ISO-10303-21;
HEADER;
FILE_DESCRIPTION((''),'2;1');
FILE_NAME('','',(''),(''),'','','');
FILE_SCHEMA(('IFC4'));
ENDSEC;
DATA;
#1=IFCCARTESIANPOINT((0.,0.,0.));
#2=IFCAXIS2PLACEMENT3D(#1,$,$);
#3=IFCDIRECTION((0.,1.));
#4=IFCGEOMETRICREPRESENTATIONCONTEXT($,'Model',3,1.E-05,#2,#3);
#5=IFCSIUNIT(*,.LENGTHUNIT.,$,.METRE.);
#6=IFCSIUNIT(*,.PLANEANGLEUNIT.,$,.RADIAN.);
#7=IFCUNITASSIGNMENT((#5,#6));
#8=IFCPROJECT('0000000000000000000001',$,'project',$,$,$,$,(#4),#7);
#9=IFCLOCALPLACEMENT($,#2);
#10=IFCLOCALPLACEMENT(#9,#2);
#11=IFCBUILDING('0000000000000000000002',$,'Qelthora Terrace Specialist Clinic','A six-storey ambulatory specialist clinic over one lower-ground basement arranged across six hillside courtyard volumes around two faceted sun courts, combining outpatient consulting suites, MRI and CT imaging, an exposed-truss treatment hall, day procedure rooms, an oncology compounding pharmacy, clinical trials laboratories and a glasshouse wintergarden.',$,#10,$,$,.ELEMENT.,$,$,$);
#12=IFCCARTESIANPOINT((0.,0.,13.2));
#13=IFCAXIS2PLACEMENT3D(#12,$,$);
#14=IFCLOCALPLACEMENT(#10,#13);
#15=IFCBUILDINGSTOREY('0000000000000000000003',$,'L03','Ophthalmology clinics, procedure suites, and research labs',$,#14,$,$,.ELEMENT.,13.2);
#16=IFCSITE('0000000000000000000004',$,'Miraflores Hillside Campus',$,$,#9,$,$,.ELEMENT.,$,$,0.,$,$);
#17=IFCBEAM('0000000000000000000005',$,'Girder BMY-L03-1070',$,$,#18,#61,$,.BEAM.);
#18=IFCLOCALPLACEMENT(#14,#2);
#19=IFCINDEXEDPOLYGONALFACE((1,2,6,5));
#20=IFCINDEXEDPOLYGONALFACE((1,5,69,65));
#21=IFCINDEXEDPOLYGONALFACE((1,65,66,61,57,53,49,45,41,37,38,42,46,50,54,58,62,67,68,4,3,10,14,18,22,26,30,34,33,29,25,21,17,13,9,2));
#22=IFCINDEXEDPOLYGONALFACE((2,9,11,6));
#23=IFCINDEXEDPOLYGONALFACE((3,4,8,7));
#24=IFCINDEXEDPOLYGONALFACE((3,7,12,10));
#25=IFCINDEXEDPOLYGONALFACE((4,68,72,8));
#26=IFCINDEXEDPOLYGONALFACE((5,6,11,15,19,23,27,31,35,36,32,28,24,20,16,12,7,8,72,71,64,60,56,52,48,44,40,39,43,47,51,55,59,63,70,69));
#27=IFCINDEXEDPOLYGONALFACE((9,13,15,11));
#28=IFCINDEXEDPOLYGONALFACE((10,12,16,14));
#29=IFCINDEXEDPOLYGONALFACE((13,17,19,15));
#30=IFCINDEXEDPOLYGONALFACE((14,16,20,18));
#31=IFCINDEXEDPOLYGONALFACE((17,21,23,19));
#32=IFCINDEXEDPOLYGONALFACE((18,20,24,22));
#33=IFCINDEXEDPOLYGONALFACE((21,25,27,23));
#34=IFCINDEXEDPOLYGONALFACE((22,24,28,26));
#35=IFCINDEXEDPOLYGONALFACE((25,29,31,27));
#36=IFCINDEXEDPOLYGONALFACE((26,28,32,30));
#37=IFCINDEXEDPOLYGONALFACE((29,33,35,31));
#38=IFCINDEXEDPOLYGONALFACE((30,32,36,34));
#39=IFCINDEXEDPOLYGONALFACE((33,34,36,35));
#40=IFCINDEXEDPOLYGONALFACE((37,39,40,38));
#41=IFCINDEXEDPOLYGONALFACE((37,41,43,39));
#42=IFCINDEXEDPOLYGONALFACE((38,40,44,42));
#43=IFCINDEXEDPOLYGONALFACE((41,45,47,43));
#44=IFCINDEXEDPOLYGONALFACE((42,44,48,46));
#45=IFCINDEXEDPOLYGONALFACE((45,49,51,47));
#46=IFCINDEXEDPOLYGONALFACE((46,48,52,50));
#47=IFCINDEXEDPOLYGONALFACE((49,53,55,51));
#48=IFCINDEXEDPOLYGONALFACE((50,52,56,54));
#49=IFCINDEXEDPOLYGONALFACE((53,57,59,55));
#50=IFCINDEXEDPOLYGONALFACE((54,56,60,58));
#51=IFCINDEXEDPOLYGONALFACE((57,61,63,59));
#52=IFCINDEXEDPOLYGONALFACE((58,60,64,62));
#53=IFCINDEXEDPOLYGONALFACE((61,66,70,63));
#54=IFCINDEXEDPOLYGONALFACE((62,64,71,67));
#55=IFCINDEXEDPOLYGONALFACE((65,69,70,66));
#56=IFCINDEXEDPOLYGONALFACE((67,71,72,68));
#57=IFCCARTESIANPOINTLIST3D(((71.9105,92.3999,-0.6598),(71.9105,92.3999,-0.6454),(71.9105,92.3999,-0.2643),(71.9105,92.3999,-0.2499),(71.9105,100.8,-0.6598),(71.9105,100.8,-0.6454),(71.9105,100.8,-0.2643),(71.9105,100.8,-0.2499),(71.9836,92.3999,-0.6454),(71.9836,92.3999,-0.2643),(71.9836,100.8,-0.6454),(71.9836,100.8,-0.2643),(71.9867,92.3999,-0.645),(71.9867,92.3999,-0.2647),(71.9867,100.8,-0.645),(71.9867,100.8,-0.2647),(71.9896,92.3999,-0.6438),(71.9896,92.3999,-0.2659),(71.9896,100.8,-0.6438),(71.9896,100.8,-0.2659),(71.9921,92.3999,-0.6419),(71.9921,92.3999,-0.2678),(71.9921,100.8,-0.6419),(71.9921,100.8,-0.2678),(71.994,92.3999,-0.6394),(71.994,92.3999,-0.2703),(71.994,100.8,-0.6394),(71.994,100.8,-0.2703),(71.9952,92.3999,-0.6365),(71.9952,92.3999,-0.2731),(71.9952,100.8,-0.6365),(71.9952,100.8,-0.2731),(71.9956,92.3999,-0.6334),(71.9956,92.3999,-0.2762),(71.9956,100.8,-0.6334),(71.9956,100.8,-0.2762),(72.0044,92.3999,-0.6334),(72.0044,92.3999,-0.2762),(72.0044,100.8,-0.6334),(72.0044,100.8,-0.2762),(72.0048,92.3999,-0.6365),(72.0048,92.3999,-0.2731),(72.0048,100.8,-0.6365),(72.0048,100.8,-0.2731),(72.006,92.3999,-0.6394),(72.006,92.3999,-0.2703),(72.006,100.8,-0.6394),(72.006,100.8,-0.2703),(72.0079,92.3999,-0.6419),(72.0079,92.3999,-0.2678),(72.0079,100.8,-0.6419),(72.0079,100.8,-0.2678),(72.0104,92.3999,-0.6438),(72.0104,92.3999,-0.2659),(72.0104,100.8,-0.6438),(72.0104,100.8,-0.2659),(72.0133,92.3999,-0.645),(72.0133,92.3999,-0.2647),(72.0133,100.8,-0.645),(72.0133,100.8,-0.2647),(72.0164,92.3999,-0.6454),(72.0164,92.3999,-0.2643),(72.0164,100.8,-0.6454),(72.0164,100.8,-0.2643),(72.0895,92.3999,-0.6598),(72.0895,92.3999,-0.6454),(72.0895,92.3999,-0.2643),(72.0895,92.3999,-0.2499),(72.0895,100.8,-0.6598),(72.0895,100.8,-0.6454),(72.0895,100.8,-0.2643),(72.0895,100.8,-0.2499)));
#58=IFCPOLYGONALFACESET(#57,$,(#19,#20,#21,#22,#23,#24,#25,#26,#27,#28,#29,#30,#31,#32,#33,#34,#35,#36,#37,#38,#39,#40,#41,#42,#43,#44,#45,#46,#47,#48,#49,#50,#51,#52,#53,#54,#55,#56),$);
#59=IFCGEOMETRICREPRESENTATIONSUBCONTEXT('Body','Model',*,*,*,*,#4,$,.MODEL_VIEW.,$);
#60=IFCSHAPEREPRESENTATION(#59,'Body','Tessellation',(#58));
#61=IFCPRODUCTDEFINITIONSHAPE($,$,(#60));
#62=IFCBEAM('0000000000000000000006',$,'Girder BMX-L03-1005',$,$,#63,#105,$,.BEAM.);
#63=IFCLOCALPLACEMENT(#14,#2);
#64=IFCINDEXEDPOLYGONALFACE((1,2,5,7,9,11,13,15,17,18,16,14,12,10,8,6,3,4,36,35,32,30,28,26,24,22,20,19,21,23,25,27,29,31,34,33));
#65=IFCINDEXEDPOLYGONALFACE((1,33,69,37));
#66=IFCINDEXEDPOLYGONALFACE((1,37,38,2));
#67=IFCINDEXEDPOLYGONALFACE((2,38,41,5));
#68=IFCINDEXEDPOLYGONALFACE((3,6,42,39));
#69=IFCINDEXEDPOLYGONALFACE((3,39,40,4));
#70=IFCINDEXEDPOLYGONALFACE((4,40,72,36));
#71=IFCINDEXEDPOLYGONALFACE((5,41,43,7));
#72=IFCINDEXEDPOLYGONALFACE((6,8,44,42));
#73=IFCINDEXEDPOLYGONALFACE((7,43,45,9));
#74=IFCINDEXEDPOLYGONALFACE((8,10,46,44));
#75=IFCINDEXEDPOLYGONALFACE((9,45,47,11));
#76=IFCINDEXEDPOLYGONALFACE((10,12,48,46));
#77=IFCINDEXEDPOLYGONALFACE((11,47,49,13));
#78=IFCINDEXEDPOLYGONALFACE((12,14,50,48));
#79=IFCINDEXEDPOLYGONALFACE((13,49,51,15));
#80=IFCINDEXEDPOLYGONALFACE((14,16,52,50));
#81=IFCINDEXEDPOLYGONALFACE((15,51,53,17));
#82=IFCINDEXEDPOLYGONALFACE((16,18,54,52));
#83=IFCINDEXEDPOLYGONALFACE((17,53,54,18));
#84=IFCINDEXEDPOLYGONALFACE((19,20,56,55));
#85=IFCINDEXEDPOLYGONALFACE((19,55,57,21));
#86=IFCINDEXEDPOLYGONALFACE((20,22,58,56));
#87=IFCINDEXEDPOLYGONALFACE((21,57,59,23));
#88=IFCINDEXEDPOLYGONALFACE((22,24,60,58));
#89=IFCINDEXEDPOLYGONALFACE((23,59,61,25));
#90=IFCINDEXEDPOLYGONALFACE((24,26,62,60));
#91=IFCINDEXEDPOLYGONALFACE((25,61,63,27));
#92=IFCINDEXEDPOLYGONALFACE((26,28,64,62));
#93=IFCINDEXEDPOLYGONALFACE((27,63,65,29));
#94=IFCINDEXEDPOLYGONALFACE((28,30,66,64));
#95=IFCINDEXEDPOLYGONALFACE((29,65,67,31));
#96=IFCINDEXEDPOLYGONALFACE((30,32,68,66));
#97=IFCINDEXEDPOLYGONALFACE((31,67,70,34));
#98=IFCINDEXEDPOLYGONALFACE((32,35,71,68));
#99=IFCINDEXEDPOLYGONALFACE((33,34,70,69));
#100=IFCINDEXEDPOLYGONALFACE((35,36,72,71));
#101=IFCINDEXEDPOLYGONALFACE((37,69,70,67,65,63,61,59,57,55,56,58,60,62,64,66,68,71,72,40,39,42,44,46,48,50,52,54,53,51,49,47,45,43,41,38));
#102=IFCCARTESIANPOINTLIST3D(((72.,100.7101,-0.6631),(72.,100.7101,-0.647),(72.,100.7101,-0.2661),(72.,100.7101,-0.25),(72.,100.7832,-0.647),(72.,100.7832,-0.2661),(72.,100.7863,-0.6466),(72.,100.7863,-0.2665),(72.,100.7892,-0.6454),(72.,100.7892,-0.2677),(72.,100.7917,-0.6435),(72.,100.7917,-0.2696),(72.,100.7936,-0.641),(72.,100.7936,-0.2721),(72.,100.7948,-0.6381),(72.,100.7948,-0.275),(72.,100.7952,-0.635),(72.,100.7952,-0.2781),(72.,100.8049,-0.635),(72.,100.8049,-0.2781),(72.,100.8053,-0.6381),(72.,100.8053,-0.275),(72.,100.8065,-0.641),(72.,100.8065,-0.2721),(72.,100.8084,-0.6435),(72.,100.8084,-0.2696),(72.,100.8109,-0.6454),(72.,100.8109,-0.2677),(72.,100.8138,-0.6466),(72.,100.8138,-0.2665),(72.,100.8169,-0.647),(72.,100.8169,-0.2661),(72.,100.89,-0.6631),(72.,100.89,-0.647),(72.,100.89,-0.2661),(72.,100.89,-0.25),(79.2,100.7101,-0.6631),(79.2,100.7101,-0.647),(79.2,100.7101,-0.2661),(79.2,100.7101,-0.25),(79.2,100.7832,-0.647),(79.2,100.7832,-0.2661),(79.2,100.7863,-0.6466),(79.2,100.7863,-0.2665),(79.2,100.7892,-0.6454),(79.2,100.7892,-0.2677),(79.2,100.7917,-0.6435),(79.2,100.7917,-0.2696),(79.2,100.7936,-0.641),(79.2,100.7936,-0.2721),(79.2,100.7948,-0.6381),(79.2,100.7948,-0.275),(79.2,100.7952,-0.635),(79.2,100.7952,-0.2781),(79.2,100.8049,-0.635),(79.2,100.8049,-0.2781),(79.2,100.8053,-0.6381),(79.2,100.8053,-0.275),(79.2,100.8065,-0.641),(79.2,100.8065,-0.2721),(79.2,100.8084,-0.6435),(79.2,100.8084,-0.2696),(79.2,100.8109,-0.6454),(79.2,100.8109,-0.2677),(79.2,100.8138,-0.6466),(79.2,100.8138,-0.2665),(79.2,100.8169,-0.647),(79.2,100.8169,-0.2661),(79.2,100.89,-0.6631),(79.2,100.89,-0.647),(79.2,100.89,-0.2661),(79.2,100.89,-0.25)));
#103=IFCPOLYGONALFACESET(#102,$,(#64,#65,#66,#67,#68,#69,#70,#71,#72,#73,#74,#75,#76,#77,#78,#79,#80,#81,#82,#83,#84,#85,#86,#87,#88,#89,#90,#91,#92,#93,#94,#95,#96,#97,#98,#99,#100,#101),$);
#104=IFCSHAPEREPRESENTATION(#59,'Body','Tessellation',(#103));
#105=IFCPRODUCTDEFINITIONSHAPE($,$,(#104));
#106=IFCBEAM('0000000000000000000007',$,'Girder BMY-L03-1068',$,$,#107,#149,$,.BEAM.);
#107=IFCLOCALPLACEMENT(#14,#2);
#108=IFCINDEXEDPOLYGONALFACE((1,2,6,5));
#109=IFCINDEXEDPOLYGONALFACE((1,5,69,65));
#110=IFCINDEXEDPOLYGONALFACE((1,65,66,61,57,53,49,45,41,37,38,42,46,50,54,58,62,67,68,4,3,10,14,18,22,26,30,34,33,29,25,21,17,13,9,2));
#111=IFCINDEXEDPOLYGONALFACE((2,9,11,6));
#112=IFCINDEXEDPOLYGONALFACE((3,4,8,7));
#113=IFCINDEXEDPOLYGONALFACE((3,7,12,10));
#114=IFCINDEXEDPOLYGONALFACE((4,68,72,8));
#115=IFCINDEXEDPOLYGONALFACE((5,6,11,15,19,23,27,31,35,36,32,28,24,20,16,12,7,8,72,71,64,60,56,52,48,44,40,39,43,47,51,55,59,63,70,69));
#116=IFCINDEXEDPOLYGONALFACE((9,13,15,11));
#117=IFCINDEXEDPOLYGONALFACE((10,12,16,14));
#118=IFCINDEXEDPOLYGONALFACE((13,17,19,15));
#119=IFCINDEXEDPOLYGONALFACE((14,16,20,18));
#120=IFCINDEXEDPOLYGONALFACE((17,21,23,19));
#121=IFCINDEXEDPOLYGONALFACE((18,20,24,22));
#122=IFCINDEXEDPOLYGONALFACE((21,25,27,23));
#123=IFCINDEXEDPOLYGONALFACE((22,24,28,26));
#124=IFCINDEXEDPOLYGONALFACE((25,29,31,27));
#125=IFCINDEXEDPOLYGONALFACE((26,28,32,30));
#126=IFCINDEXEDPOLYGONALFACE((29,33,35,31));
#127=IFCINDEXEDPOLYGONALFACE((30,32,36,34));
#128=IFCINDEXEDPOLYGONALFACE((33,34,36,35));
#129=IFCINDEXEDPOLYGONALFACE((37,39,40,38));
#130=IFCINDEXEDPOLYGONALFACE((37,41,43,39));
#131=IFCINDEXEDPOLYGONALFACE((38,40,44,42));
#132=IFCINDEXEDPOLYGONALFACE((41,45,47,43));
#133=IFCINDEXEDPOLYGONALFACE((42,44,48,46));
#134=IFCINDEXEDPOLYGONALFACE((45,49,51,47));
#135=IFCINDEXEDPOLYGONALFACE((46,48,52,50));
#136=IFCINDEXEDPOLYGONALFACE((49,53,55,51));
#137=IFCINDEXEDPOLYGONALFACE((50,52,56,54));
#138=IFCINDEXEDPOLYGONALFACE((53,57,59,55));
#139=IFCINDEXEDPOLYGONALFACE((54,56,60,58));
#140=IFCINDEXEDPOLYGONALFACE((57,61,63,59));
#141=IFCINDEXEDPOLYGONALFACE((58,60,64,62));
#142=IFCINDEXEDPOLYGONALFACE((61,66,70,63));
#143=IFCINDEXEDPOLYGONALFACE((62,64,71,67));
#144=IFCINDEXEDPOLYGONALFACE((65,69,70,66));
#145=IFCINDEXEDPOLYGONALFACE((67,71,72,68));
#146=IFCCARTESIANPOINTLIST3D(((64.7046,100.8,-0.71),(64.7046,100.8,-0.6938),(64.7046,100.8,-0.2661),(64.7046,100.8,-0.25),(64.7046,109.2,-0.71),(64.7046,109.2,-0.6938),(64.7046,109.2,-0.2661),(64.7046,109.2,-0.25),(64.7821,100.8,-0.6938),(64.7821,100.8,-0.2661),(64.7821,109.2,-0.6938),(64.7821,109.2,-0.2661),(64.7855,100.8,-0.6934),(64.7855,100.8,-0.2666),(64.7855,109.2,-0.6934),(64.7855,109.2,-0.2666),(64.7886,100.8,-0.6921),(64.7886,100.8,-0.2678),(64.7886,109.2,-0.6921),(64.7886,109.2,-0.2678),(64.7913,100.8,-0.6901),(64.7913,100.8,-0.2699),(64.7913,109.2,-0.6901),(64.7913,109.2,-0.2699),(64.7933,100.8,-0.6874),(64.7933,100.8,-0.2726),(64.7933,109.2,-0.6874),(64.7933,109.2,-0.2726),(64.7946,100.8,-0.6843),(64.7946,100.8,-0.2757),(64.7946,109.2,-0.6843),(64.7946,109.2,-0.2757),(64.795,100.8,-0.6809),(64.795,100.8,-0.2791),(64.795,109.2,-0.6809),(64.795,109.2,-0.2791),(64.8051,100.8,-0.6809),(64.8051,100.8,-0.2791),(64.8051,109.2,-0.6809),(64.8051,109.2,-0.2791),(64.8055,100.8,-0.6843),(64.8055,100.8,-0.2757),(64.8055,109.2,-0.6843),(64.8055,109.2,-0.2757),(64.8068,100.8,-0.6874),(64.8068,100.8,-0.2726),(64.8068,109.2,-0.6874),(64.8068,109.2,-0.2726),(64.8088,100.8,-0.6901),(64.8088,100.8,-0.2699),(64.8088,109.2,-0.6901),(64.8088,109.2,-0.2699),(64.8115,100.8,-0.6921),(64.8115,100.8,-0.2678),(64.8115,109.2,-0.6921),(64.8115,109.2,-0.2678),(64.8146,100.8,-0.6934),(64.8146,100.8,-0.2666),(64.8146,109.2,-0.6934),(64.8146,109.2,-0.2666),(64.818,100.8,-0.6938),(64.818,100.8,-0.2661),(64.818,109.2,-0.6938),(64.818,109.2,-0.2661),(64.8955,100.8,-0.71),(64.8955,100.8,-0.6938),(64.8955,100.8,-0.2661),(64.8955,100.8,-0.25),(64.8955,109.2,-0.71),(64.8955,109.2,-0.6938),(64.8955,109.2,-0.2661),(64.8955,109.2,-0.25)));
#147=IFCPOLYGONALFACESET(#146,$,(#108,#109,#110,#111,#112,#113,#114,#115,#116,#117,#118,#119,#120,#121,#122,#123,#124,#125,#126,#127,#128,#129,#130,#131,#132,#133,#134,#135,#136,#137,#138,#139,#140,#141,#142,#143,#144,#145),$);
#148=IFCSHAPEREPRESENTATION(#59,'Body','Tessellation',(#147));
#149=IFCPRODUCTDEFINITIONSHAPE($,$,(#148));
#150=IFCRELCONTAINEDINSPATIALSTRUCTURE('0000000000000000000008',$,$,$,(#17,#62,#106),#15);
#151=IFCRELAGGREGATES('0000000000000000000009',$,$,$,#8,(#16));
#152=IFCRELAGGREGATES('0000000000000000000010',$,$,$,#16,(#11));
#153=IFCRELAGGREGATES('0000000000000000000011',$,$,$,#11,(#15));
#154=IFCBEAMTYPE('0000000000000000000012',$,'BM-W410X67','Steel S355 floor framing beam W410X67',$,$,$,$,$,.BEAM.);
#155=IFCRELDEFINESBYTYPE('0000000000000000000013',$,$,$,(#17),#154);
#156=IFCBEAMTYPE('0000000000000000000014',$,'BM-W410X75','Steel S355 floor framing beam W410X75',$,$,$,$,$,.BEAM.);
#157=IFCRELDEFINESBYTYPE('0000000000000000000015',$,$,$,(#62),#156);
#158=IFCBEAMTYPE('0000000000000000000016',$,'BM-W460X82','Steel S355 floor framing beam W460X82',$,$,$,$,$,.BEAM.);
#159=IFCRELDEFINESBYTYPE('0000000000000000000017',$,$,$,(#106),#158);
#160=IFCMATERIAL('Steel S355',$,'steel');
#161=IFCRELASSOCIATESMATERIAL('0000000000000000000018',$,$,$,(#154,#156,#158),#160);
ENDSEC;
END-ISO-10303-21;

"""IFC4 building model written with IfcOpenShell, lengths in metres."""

from ifc_helpers import new_model, si_unit, direction, frame, origin, origin_2d, place, context, subcontext, project, spatial, i_section, extrude, material, material_profile, profile_set, type_object, element, save


model = new_model("IFC4")

# Units and contexts
model_context = context("Model", 3, precision=1e-05, world=origin(), true_north=direction((0.0, 1.0)))
body_context = subcontext(model_context, "Body", "Model", "MODEL_VIEW")
ifc_project = project(units=[si_unit("LENGTHUNIT", "METRE"), si_unit("PLANEANGLEUNIT", "RADIAN")], contexts=[model_context])

# Site, building, storey
site_placement = place(None, origin())
site = spatial("IfcSite", under=ifc_project, at=site_placement, Name="Miraflores Hillside Campus", CompositionType="ELEMENT", RefElevation=0.0)
building_placement = place(site_placement, origin())
building = spatial("IfcBuilding", under=site, at=building_placement, Name="Qelthora Terrace Specialist Clinic", Description="A six-storey ambulatory specialist clinic over one lower-ground basement arranged across six hillside courtyard volumes around two faceted sun courts, combining outpatient consulting suites, MRI and CT imaging, an exposed-truss treatment hall, day procedure rooms, an oncology compounding pharmacy, clinical trials laboratories and a glasshouse wintergarden.", CompositionType="ELEMENT")
storey_placement = place(building_placement, frame((0.0, 0.0, 13.2)))
storey = spatial("IfcBuildingStorey", under=building, at=storey_placement, Name="L03", Description="Ophthalmology clinics, procedure suites, and research labs", CompositionType="ELEMENT", Elevation=13.2)

# Shared definitions
ifc_material_1 = material(Name="Steel S355", Category="steel")

# Beams
ifc_material_profile_1 = material_profile(ifc_material_1, i_section(OverallWidth=0.179, OverallDepth=0.4099, WebThickness=0.0088, FlangeThickness=0.0144, FilletRadius=0.012, at=origin_2d()), Name="W410X67")
ifc_profile_set_1 = profile_set([ifc_material_profile_1], Name="Steel S355")
beam_type_1 = type_object("IfcBeamType", Name="BM-W410X67", Description="Steel S355 floor framing beam W410X67", PredefinedType="BEAM", material=ifc_profile_set_1)
beam_1_placement = place(storey_placement, frame((72.0, 92.3999, -0.4548), z_axis=(0.0, 1.0, 0.0), x_axis=(-1.0, 0.0, 0.0)))
element("IfcBeam", 1, at=beam_1_placement, inside=storey, type_object=beam_type_1, Name="Girder BMY-L03-1070", PredefinedType="BEAM", context=body_context, shape_type="SweptSolid", body=[
    extrude(i_section(OverallWidth=0.179, OverallDepth=0.4099, WebThickness=0.0088, FlangeThickness=0.0144, FilletRadius=0.012, at=origin_2d()), origin(), (0.0, 0.0, 1.0), 8.4001),
])
ifc_material_profile_2 = material_profile(ifc_material_1, i_section(OverallWidth=0.1799, OverallDepth=0.4131, WebThickness=0.0098, FlangeThickness=0.0161, FilletRadius=0.012, at=origin_2d()), Name="W410X75")
ifc_profile_set_2 = profile_set([ifc_material_profile_2], Name="Steel S355")
beam_type_2 = type_object("IfcBeamType", Name="BM-W410X75", Description="Steel S355 floor framing beam W410X75", PredefinedType="BEAM", material=ifc_profile_set_2)
beam_2_placement = place(storey_placement, frame((72.0, 100.8, -0.4565), z_axis=(1.0, 0.0, 0.0), x_axis=(0.0, 1.0, 0.0)))
element("IfcBeam", 2, at=beam_2_placement, inside=storey, type_object=beam_type_2, Name="Girder BMX-L03-1005", PredefinedType="BEAM", context=body_context, shape_type="SweptSolid", body=[
    extrude(i_section(OverallWidth=0.1799, OverallDepth=0.4131, WebThickness=0.0098, FlangeThickness=0.0161, FilletRadius=0.012, at=origin_2d()), origin(), (0.0, 0.0, 1.0), 7.2),
])
ifc_material_profile_3 = material_profile(ifc_material_1, i_section(OverallWidth=0.1909, OverallDepth=0.46, WebThickness=0.01, FlangeThickness=0.0161, FilletRadius=0.0129, at=origin_2d()), Name="W460X82")
ifc_profile_set_3 = profile_set([ifc_material_profile_3], Name="Steel S355")
beam_type_3 = type_object("IfcBeamType", Name="BM-W460X82", Description="Steel S355 floor framing beam W460X82", PredefinedType="BEAM", material=ifc_profile_set_3)
beam_3_placement = place(storey_placement, frame((64.8, 100.8, -0.48), z_axis=(0.0, 1.0, 0.0), x_axis=(-1.0, 0.0, 0.0)))
element("IfcBeam", 3, at=beam_3_placement, inside=storey, type_object=beam_type_3, Name="Girder BMY-L03-1068", PredefinedType="BEAM", context=body_context, shape_type="SweptSolid", body=[
    extrude(i_section(OverallWidth=0.1909, OverallDepth=0.46, WebThickness=0.01, FlangeThickness=0.0161, FilletRadius=0.0129, at=origin_2d()), origin(), (0.0, 0.0, 1.0), 8.3999),
])

save(model, "model.ifc")
